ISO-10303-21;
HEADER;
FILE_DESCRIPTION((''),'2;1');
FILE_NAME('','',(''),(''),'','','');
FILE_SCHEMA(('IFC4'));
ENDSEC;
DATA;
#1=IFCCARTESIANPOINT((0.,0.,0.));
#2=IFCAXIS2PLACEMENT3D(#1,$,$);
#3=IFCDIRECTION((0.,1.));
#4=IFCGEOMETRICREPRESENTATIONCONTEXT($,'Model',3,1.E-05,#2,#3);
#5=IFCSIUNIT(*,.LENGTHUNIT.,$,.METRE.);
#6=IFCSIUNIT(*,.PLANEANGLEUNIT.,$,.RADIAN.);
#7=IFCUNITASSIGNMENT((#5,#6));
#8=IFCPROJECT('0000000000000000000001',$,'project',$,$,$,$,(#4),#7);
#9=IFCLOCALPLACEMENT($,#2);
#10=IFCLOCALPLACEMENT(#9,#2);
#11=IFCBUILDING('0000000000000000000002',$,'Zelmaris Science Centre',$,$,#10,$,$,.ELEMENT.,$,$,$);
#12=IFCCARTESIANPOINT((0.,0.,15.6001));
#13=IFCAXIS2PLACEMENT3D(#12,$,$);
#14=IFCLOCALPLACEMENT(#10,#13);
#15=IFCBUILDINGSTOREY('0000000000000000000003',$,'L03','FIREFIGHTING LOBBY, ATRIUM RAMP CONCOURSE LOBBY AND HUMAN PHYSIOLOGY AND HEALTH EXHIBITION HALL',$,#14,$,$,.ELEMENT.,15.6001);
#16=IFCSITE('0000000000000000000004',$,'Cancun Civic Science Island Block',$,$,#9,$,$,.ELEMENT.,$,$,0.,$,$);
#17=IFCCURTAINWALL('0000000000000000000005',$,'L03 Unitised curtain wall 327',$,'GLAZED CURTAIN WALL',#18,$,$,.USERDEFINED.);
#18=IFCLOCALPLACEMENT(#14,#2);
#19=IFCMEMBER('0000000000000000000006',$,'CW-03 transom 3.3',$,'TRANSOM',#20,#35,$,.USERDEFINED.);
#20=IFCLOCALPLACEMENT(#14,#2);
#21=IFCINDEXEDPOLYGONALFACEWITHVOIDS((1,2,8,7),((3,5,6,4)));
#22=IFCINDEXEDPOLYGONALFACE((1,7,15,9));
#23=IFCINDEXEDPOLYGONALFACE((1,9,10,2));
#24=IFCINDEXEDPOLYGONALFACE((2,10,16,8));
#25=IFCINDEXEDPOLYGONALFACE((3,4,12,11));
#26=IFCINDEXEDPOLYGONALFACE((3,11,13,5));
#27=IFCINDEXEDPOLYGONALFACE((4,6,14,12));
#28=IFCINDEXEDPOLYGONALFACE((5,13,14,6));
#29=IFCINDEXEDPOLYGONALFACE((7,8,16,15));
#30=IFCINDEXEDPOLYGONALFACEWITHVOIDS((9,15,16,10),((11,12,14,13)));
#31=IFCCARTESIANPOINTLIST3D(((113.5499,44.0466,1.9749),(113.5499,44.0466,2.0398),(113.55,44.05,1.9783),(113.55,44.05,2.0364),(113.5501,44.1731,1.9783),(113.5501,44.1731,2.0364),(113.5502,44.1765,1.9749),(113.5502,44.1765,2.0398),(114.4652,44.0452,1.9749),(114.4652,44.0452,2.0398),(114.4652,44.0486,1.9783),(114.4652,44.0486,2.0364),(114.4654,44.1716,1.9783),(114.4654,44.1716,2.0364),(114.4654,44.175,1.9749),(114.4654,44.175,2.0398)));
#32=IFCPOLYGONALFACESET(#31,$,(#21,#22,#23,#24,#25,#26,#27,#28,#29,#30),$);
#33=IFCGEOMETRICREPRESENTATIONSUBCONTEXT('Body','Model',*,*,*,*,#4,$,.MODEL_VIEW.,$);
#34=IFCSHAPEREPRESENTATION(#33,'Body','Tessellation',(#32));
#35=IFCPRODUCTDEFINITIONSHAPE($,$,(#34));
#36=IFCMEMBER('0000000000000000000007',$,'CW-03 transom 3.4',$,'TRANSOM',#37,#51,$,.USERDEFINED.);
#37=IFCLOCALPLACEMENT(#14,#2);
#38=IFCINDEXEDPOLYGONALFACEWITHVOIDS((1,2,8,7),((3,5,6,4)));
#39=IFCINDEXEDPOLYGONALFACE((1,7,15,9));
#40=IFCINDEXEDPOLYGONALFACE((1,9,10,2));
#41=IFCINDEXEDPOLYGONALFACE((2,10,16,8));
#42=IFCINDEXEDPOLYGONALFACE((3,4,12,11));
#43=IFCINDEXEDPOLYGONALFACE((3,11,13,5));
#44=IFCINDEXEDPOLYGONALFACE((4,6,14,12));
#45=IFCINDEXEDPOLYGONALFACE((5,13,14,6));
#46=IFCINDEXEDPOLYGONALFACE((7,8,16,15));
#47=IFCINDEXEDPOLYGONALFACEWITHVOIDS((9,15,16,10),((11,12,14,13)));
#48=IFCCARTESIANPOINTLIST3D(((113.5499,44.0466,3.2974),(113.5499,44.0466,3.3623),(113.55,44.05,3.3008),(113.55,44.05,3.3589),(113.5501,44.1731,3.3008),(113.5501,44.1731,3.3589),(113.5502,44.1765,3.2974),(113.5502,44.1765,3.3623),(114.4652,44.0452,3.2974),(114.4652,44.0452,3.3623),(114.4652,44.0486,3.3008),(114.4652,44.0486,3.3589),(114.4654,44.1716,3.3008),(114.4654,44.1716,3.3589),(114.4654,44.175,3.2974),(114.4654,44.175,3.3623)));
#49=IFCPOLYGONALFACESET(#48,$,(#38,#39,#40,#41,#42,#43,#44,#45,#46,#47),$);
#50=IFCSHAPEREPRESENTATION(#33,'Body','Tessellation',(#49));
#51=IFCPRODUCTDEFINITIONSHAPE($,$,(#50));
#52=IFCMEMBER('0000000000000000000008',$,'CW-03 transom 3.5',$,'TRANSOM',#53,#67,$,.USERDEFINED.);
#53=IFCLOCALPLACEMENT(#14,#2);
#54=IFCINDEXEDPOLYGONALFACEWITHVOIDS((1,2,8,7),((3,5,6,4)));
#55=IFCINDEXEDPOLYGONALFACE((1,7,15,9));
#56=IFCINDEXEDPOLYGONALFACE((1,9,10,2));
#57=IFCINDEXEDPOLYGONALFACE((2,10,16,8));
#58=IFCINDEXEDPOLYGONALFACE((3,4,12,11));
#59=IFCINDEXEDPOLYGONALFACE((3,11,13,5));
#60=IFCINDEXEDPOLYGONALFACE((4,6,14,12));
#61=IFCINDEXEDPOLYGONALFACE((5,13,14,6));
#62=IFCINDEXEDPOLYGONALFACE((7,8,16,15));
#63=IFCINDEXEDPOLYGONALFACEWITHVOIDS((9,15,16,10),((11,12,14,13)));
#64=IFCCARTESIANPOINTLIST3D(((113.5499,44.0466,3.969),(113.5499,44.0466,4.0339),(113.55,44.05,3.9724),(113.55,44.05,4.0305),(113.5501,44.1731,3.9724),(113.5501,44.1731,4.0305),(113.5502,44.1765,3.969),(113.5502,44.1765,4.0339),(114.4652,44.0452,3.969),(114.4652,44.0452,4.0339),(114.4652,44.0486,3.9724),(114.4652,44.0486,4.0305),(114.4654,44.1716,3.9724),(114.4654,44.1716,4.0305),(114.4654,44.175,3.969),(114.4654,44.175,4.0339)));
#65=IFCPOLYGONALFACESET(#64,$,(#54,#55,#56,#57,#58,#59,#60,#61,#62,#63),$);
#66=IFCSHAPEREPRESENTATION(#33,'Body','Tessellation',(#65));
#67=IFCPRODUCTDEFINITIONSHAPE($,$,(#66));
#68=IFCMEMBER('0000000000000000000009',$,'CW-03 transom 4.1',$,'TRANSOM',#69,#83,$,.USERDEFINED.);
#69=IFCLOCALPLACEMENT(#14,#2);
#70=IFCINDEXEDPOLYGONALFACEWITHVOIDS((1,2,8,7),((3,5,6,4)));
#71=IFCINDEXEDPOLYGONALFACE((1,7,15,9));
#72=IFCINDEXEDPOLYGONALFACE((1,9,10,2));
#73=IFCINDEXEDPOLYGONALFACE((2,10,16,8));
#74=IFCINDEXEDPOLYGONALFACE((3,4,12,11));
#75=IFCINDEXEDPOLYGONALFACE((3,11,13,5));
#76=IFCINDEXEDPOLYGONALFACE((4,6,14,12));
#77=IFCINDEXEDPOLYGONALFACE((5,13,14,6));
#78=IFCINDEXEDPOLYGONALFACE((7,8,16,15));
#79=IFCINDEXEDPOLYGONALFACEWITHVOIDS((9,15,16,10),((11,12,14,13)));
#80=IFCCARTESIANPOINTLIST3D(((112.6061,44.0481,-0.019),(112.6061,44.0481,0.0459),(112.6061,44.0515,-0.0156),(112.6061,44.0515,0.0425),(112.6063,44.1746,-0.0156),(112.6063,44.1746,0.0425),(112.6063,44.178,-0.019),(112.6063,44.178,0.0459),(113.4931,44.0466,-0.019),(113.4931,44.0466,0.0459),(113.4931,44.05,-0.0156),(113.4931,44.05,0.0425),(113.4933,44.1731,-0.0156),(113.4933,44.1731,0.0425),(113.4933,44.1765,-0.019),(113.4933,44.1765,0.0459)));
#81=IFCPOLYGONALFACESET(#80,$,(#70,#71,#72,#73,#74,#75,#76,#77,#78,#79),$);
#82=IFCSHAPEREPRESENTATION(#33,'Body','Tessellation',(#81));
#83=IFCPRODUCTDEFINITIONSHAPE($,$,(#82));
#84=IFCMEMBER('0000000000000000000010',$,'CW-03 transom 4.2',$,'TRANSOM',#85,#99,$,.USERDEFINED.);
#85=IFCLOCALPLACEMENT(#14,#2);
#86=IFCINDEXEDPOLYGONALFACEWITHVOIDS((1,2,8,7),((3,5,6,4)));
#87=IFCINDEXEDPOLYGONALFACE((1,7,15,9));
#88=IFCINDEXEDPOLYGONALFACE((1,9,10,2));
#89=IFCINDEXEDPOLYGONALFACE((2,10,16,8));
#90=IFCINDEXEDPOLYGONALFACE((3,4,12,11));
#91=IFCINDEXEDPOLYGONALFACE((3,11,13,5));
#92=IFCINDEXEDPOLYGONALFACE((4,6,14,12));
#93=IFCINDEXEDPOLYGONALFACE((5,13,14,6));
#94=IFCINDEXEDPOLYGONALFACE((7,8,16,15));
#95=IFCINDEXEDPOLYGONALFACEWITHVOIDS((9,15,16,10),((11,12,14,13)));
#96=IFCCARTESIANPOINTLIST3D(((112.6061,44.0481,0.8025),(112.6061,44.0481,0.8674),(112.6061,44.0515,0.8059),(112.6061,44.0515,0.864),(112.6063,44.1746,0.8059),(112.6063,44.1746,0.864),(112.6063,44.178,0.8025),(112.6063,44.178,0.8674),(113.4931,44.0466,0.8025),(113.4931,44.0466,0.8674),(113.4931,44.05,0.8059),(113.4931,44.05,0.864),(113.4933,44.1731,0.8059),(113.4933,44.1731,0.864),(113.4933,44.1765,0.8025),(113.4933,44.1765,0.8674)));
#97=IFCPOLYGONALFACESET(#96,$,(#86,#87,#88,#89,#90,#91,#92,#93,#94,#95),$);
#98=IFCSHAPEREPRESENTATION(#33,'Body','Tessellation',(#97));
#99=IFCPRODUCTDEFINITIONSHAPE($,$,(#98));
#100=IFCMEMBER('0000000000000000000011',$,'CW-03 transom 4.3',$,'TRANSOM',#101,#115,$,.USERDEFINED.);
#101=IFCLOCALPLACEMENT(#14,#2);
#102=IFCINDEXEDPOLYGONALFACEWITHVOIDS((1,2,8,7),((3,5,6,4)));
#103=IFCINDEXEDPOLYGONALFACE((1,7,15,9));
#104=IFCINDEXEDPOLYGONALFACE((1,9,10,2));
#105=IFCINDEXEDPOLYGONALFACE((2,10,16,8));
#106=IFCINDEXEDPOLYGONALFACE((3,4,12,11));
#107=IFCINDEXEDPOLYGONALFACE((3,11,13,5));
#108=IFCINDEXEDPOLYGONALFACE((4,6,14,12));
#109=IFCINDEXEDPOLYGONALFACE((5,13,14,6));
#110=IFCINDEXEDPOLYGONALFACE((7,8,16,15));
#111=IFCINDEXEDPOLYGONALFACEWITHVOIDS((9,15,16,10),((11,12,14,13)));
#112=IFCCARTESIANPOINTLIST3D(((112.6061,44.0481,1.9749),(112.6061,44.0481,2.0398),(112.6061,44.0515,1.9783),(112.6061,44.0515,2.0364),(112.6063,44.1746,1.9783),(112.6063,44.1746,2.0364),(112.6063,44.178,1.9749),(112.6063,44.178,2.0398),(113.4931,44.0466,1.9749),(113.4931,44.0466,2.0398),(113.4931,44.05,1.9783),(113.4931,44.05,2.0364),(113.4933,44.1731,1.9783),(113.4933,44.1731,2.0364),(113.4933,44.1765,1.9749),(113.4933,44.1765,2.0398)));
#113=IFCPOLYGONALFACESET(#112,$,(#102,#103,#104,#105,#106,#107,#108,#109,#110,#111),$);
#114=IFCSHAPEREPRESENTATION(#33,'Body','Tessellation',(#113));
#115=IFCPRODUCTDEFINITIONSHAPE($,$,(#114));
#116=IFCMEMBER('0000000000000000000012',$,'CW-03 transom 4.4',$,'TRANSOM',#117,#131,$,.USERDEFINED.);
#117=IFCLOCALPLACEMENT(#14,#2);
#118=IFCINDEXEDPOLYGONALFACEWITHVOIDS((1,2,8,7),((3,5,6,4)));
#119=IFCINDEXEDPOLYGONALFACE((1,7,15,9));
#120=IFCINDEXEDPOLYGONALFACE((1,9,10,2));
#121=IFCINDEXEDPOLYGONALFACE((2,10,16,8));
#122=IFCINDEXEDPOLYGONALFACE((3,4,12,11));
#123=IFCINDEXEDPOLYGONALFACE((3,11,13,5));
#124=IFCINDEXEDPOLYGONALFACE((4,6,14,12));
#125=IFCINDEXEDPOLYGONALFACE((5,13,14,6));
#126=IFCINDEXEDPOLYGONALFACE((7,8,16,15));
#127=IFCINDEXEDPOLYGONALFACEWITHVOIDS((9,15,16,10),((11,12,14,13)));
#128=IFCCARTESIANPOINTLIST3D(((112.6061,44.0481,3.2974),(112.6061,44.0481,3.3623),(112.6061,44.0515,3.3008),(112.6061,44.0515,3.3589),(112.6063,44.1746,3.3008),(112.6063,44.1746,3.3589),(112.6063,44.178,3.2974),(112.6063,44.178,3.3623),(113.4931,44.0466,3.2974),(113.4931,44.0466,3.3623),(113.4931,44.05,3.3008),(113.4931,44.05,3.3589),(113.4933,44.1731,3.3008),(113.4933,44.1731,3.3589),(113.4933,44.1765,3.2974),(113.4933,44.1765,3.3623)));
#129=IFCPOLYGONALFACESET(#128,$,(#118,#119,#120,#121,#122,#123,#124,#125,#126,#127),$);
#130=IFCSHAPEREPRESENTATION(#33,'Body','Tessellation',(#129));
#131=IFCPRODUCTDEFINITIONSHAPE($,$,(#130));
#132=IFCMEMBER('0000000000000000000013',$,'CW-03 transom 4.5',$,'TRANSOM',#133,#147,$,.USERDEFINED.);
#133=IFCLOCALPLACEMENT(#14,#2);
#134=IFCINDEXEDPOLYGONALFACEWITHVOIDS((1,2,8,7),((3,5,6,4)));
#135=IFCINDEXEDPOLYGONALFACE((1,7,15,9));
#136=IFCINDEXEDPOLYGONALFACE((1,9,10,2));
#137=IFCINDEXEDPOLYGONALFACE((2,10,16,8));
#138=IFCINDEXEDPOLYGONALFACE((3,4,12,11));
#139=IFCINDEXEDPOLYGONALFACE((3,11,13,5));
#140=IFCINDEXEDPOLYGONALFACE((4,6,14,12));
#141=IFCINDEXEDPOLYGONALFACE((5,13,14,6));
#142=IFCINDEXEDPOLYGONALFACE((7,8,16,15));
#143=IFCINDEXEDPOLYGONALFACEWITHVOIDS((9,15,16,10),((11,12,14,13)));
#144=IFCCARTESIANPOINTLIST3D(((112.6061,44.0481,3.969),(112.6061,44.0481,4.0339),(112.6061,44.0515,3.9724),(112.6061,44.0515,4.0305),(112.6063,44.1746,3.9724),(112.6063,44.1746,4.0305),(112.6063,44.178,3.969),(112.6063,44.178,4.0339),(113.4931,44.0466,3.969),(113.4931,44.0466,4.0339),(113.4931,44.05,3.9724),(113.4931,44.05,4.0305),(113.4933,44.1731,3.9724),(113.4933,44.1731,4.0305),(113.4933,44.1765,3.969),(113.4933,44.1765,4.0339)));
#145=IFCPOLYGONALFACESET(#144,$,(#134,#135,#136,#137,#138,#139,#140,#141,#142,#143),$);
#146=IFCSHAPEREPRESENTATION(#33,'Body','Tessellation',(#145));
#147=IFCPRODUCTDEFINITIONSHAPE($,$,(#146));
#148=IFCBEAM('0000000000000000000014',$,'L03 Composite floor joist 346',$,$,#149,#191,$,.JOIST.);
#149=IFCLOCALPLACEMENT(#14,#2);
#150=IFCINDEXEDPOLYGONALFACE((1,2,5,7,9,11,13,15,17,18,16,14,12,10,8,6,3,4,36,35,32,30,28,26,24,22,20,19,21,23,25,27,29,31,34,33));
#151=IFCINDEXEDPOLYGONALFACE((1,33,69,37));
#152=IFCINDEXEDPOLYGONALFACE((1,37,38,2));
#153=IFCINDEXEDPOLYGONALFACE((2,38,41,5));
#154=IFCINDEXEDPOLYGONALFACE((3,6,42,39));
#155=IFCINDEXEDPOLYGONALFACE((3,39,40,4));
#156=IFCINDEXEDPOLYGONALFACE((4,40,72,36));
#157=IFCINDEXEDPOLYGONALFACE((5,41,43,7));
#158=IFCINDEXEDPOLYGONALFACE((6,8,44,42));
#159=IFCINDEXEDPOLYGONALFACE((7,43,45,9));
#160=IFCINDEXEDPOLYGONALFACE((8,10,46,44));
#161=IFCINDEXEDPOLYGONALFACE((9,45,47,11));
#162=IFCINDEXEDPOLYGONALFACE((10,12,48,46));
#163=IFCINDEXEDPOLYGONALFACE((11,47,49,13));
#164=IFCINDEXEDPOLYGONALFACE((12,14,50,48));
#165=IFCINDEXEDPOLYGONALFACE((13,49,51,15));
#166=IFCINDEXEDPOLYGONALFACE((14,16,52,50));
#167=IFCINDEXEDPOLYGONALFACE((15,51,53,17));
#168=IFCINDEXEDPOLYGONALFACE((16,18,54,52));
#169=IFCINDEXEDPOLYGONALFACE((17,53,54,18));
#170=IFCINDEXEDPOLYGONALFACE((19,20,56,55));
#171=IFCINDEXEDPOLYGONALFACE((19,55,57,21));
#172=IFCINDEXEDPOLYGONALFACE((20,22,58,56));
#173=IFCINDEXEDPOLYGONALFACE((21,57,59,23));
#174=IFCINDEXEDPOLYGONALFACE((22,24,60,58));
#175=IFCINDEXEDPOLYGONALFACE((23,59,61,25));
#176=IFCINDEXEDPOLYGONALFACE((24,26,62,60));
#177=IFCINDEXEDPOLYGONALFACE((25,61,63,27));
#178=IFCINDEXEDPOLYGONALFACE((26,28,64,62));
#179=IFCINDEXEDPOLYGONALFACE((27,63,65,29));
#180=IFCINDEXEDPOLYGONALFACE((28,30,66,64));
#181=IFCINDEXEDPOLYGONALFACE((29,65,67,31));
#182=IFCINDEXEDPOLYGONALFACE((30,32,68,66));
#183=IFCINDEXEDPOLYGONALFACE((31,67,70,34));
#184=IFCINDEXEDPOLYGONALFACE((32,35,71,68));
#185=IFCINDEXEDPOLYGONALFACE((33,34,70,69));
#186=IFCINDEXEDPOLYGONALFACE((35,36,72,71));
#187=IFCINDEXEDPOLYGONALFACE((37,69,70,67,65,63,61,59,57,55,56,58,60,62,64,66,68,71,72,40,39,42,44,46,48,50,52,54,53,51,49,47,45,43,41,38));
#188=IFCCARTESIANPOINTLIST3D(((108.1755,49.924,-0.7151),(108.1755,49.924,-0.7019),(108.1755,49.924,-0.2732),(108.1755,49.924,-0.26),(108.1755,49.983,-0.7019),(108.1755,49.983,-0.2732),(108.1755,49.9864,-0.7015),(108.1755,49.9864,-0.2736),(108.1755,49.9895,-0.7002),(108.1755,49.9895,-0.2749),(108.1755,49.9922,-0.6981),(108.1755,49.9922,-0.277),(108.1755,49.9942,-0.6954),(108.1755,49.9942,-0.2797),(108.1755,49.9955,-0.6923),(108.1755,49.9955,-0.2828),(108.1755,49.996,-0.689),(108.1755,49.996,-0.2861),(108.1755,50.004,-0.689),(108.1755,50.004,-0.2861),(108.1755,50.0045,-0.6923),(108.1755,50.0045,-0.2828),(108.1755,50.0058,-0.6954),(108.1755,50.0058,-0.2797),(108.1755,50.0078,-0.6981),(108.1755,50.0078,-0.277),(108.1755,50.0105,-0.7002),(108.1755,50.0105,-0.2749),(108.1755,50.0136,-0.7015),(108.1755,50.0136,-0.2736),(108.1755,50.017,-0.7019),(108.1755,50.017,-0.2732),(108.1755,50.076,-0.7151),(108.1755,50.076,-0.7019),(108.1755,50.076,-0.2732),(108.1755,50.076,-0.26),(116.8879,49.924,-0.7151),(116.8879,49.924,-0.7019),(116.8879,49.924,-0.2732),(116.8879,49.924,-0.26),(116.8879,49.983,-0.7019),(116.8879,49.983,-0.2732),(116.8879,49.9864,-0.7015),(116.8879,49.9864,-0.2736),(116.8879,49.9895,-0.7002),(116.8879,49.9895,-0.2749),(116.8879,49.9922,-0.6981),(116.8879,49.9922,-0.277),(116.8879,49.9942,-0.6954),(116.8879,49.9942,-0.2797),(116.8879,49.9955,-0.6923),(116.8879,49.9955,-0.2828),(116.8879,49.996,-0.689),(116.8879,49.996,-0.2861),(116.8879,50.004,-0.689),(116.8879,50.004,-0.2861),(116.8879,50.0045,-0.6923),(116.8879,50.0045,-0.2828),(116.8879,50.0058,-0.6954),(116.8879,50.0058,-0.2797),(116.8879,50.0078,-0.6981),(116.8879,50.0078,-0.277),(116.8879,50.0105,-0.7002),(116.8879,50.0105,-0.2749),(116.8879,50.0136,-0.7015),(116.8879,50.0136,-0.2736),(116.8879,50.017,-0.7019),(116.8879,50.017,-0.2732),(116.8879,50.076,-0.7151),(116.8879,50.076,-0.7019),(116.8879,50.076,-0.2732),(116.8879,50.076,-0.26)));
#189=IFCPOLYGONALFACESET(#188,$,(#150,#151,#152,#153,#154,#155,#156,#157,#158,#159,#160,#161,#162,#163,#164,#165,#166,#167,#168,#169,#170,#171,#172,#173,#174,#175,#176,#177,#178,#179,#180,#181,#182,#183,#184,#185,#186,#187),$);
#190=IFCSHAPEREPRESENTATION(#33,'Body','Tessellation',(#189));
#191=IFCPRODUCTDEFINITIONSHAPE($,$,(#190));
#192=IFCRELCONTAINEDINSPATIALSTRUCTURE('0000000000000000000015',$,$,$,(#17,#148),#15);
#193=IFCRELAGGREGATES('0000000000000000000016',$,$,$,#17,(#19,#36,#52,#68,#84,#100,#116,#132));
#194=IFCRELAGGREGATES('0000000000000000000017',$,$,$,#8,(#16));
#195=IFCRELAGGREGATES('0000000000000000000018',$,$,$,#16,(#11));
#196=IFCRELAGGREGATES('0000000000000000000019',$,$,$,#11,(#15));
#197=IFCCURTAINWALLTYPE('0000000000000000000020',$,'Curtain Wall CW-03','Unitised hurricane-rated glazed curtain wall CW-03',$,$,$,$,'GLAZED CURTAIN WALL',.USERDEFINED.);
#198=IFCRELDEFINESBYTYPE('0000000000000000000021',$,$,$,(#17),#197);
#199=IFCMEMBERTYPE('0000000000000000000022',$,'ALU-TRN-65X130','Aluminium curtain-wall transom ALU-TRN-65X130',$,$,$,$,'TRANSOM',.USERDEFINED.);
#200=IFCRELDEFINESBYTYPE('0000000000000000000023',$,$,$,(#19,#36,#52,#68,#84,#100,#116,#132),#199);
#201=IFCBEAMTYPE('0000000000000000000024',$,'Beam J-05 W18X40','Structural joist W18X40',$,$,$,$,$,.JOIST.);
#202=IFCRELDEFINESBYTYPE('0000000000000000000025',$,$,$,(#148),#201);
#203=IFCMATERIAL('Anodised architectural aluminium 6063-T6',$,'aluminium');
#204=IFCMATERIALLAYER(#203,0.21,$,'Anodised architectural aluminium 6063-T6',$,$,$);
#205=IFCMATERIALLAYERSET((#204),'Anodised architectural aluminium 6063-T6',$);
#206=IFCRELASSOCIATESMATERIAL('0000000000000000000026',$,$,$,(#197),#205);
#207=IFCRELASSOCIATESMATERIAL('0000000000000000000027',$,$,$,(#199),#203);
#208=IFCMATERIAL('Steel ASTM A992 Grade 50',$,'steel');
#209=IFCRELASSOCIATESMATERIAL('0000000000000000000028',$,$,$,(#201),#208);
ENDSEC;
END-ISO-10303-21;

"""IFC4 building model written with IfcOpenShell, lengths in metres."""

from ifc_helpers import new_model, si_unit, direction, frame, origin, origin_2d, place, context, subcontext, project, spatial, hollow_rectangle, i_section, extrude, material, layer, layer_set, material_profile, profile_set, type_object, element, aggregate, save


model = new_model("IFC4")

# Units and contexts
model_context = context("Model", 3, precision=1e-05, world=origin(), true_north=direction((0.0, 1.0)))
body_context = subcontext(model_context, "Body", "Model", "MODEL_VIEW")
ifc_project = project(units=[si_unit("LENGTHUNIT", "METRE"), si_unit("PLANEANGLEUNIT", "RADIAN")], contexts=[model_context])

# Site, building, storey
site_placement = place(None, origin())
site = spatial("IfcSite", under=ifc_project, at=site_placement, Name="Cancun Civic Science Island Block", CompositionType="ELEMENT", RefElevation=0.0)
building_placement = place(site_placement, origin())
building = spatial("IfcBuilding", under=site, at=building_placement, Name="Zelmaris Science Centre", CompositionType="ELEMENT")
storey_placement = place(building_placement, frame((0.0, 0.0, 15.6001)))
storey = spatial("IfcBuildingStorey", under=building, at=storey_placement, Name="L03", Description="FIREFIGHTING LOBBY, ATRIUM RAMP CONCOURSE LOBBY AND HUMAN PHYSIOLOGY AND HEALTH EXHIBITION HALL", CompositionType="ELEMENT", Elevation=15.6001)

# Curtain wall, members
ifc_material_1 = material(Name="Anodised architectural aluminium 6063-T6", Category="aluminium")
ifc_layer_1 = layer(ifc_material_1, 0.21, Name="Anodised architectural aluminium 6063-T6")
ifc_layer_set_1 = layer_set([ifc_layer_1], Name="Anodised architectural aluminium 6063-T6")
curtain_wall_type = type_object("IfcCurtainWallType", Name="Curtain Wall CW-03", Description="Unitised hurricane-rated glazed curtain wall CW-03", ElementType="GLAZED CURTAIN WALL", PredefinedType="USERDEFINED", material=ifc_layer_set_1)
curtain_wall_placement = place(storey_placement, origin())
curtain_wall = element("IfcCurtainWall", 1, at=curtain_wall_placement, inside=storey, type_object=curtain_wall_type, Name="L03 Unitised curtain wall 327", ObjectType="GLAZED CURTAIN WALL", PredefinedType="USERDEFINED")
ifc_material_profile_1 = material_profile(ifc_material_1, hollow_rectangle(XDim=0.0649, YDim=0.1299, WallThickness=0.0034, at=origin_2d()), Name="ALU-TRN-65X130")
ifc_profile_set_1 = profile_set([ifc_material_profile_1], Name="Anodised architectural aluminium 6063-T6")
member_type_1 = type_object("IfcMemberType", Name="ALU-TRN-65X130", Description="Aluminium curtain-wall transom ALU-TRN-65X130", ElementType="TRANSOM", PredefinedType="USERDEFINED", material=ifc_profile_set_1)
member_1_placement = place(storey_placement, frame((114.4653, 44.1101, 2.0073), z_axis=(-0.999999, 0.0016, 0.0), x_axis=(0.0, 0.0, 1.0)))
member_1 = element("IfcMember", 2, at=member_1_placement, type_object=member_type_1, Name="CW-03 transom 3.3", ObjectType="TRANSOM", PredefinedType="USERDEFINED", context=body_context, shape_type="SweptSolid", body=[
    extrude(hollow_rectangle(XDim=0.0649, YDim=0.1299, WallThickness=0.0034, at=origin_2d()), origin(), (0.0, 0.0, 1.0), 0.9153),
])
member_2_placement = place(storey_placement, frame((114.4653, 44.1101, 3.3298), z_axis=(-0.999999, 0.0016, 0.0), x_axis=(0.0, 0.0, 1.0)))
member_2 = element("IfcMember", 3, at=member_2_placement, type_object=member_type_1, Name="CW-03 transom 3.4", ObjectType="TRANSOM", PredefinedType="USERDEFINED", context=body_context, shape_type="SweptSolid", body=[
    extrude(hollow_rectangle(XDim=0.0649, YDim=0.1299, WallThickness=0.0034, at=origin_2d()), origin(), (0.0, 0.0, 1.0), 0.9153),
])
member_3_placement = place(storey_placement, frame((114.4653, 44.1101, 4.0015), z_axis=(-0.999999, 0.0016, 0.0), x_axis=(0.0, 0.0, 1.0)))
member_3 = element("IfcMember", 4, at=member_3_placement, type_object=member_type_1, Name="CW-03 transom 3.5", ObjectType="TRANSOM", PredefinedType="USERDEFINED", context=body_context, shape_type="SweptSolid", body=[
    extrude(hollow_rectangle(XDim=0.0649, YDim=0.1299, WallThickness=0.0034, at=origin_2d()), origin(), (0.0, 0.0, 1.0), 0.9153),
])
member_4_placement = place(storey_placement, frame((113.4932, 44.1116, 0.0134), z_axis=(-0.999999, 0.001652, 0.0), x_axis=(0.0, 0.0, 1.0)))
member_4 = element("IfcMember", 5, at=member_4_placement, type_object=member_type_1, Name="CW-03 transom 4.1", ObjectType="TRANSOM", PredefinedType="USERDEFINED", context=body_context, shape_type="SweptSolid", body=[
    extrude(hollow_rectangle(XDim=0.0649, YDim=0.1299, WallThickness=0.0034, at=origin_2d()), origin(), (0.0, 0.0, 1.0), 0.887),
])
member_5_placement = place(storey_placement, frame((113.4932, 44.1116, 0.835), z_axis=(-0.999999, 0.001652, 0.0), x_axis=(0.0, 0.0, 1.0)))
member_5 = element("IfcMember", 6, at=member_5_placement, type_object=member_type_1, Name="CW-03 transom 4.2", ObjectType="TRANSOM", PredefinedType="USERDEFINED", context=body_context, shape_type="SweptSolid", body=[
    extrude(hollow_rectangle(XDim=0.0649, YDim=0.1299, WallThickness=0.0034, at=origin_2d()), origin(), (0.0, 0.0, 1.0), 0.887),
])
member_6_placement = place(storey_placement, frame((113.4932, 44.1116, 2.0073), z_axis=(-0.999999, 0.001652, 0.0), x_axis=(0.0, 0.0, 1.0)))
member_6 = element("IfcMember", 7, at=member_6_placement, type_object=member_type_1, Name="CW-03 transom 4.3", ObjectType="TRANSOM", PredefinedType="USERDEFINED", context=body_context, shape_type="SweptSolid", body=[
    extrude(hollow_rectangle(XDim=0.0649, YDim=0.1299, WallThickness=0.0034, at=origin_2d()), origin(), (0.0, 0.0, 1.0), 0.887),
])
member_7_placement = place(storey_placement, frame((113.4932, 44.1116, 3.3298), z_axis=(-0.999999, 0.001652, 0.0), x_axis=(0.0, 0.0, 1.0)))
member_7 = element("IfcMember", 8, at=member_7_placement, type_object=member_type_1, Name="CW-03 transom 4.4", ObjectType="TRANSOM", PredefinedType="USERDEFINED", context=body_context, shape_type="SweptSolid", body=[
    extrude(hollow_rectangle(XDim=0.0649, YDim=0.1299, WallThickness=0.0034, at=origin_2d()), origin(), (0.0, 0.0, 1.0), 0.887),
])
member_8_placement = place(storey_placement, frame((113.4932, 44.1116, 4.0015), z_axis=(-0.999999, 0.001652, 0.0), x_axis=(0.0, 0.0, 1.0)))
member_8 = element("IfcMember", 9, at=member_8_placement, type_object=member_type_1, Name="CW-03 transom 4.5", ObjectType="TRANSOM", PredefinedType="USERDEFINED", context=body_context, shape_type="SweptSolid", body=[
    extrude(hollow_rectangle(XDim=0.0649, YDim=0.1299, WallThickness=0.0034, at=origin_2d()), origin(), (0.0, 0.0, 1.0), 0.887),
])

# Beam
ifc_material_2 = material(Name="Steel ASTM A992 Grade 50", Category="steel")
ifc_material_profile_2 = material_profile(ifc_material_2, i_section(OverallWidth=0.1521, OverallDepth=0.4551, WebThickness=0.0081, FlangeThickness=0.0132, FilletRadius=0.0129, at=origin_2d()), Name="W18X40")
ifc_profile_set_2 = profile_set([ifc_material_profile_2], Name="Steel ASTM A992 Grade 50")
beam_type_1 = type_object("IfcBeamType", Name="Beam J-05 W18X40", Description="Structural joist W18X40", PredefinedType="JOIST", material=ifc_profile_set_2)
beam_1_placement = place(storey_placement, frame((108.1755, 50.0, -0.4875), z_axis=(1.0, 0.0, 0.0), x_axis=(0.0, 1.0, 0.0)))
element("IfcBeam", 10, at=beam_1_placement, inside=storey, type_object=beam_type_1, Name="L03 Composite floor joist 346", PredefinedType="JOIST", context=body_context, shape_type="SweptSolid", body=[
    extrude(i_section(OverallWidth=0.1521, OverallDepth=0.4551, WebThickness=0.0081, FlangeThickness=0.0132, FilletRadius=0.0129, at=origin_2d()), origin(), (0.0, 0.0, 1.0), 8.7124),
])

aggregate(curtain_wall, [member_1, member_2, member_3, member_4, member_5, member_6, member_7, member_8])

save(model, "model.ifc")
